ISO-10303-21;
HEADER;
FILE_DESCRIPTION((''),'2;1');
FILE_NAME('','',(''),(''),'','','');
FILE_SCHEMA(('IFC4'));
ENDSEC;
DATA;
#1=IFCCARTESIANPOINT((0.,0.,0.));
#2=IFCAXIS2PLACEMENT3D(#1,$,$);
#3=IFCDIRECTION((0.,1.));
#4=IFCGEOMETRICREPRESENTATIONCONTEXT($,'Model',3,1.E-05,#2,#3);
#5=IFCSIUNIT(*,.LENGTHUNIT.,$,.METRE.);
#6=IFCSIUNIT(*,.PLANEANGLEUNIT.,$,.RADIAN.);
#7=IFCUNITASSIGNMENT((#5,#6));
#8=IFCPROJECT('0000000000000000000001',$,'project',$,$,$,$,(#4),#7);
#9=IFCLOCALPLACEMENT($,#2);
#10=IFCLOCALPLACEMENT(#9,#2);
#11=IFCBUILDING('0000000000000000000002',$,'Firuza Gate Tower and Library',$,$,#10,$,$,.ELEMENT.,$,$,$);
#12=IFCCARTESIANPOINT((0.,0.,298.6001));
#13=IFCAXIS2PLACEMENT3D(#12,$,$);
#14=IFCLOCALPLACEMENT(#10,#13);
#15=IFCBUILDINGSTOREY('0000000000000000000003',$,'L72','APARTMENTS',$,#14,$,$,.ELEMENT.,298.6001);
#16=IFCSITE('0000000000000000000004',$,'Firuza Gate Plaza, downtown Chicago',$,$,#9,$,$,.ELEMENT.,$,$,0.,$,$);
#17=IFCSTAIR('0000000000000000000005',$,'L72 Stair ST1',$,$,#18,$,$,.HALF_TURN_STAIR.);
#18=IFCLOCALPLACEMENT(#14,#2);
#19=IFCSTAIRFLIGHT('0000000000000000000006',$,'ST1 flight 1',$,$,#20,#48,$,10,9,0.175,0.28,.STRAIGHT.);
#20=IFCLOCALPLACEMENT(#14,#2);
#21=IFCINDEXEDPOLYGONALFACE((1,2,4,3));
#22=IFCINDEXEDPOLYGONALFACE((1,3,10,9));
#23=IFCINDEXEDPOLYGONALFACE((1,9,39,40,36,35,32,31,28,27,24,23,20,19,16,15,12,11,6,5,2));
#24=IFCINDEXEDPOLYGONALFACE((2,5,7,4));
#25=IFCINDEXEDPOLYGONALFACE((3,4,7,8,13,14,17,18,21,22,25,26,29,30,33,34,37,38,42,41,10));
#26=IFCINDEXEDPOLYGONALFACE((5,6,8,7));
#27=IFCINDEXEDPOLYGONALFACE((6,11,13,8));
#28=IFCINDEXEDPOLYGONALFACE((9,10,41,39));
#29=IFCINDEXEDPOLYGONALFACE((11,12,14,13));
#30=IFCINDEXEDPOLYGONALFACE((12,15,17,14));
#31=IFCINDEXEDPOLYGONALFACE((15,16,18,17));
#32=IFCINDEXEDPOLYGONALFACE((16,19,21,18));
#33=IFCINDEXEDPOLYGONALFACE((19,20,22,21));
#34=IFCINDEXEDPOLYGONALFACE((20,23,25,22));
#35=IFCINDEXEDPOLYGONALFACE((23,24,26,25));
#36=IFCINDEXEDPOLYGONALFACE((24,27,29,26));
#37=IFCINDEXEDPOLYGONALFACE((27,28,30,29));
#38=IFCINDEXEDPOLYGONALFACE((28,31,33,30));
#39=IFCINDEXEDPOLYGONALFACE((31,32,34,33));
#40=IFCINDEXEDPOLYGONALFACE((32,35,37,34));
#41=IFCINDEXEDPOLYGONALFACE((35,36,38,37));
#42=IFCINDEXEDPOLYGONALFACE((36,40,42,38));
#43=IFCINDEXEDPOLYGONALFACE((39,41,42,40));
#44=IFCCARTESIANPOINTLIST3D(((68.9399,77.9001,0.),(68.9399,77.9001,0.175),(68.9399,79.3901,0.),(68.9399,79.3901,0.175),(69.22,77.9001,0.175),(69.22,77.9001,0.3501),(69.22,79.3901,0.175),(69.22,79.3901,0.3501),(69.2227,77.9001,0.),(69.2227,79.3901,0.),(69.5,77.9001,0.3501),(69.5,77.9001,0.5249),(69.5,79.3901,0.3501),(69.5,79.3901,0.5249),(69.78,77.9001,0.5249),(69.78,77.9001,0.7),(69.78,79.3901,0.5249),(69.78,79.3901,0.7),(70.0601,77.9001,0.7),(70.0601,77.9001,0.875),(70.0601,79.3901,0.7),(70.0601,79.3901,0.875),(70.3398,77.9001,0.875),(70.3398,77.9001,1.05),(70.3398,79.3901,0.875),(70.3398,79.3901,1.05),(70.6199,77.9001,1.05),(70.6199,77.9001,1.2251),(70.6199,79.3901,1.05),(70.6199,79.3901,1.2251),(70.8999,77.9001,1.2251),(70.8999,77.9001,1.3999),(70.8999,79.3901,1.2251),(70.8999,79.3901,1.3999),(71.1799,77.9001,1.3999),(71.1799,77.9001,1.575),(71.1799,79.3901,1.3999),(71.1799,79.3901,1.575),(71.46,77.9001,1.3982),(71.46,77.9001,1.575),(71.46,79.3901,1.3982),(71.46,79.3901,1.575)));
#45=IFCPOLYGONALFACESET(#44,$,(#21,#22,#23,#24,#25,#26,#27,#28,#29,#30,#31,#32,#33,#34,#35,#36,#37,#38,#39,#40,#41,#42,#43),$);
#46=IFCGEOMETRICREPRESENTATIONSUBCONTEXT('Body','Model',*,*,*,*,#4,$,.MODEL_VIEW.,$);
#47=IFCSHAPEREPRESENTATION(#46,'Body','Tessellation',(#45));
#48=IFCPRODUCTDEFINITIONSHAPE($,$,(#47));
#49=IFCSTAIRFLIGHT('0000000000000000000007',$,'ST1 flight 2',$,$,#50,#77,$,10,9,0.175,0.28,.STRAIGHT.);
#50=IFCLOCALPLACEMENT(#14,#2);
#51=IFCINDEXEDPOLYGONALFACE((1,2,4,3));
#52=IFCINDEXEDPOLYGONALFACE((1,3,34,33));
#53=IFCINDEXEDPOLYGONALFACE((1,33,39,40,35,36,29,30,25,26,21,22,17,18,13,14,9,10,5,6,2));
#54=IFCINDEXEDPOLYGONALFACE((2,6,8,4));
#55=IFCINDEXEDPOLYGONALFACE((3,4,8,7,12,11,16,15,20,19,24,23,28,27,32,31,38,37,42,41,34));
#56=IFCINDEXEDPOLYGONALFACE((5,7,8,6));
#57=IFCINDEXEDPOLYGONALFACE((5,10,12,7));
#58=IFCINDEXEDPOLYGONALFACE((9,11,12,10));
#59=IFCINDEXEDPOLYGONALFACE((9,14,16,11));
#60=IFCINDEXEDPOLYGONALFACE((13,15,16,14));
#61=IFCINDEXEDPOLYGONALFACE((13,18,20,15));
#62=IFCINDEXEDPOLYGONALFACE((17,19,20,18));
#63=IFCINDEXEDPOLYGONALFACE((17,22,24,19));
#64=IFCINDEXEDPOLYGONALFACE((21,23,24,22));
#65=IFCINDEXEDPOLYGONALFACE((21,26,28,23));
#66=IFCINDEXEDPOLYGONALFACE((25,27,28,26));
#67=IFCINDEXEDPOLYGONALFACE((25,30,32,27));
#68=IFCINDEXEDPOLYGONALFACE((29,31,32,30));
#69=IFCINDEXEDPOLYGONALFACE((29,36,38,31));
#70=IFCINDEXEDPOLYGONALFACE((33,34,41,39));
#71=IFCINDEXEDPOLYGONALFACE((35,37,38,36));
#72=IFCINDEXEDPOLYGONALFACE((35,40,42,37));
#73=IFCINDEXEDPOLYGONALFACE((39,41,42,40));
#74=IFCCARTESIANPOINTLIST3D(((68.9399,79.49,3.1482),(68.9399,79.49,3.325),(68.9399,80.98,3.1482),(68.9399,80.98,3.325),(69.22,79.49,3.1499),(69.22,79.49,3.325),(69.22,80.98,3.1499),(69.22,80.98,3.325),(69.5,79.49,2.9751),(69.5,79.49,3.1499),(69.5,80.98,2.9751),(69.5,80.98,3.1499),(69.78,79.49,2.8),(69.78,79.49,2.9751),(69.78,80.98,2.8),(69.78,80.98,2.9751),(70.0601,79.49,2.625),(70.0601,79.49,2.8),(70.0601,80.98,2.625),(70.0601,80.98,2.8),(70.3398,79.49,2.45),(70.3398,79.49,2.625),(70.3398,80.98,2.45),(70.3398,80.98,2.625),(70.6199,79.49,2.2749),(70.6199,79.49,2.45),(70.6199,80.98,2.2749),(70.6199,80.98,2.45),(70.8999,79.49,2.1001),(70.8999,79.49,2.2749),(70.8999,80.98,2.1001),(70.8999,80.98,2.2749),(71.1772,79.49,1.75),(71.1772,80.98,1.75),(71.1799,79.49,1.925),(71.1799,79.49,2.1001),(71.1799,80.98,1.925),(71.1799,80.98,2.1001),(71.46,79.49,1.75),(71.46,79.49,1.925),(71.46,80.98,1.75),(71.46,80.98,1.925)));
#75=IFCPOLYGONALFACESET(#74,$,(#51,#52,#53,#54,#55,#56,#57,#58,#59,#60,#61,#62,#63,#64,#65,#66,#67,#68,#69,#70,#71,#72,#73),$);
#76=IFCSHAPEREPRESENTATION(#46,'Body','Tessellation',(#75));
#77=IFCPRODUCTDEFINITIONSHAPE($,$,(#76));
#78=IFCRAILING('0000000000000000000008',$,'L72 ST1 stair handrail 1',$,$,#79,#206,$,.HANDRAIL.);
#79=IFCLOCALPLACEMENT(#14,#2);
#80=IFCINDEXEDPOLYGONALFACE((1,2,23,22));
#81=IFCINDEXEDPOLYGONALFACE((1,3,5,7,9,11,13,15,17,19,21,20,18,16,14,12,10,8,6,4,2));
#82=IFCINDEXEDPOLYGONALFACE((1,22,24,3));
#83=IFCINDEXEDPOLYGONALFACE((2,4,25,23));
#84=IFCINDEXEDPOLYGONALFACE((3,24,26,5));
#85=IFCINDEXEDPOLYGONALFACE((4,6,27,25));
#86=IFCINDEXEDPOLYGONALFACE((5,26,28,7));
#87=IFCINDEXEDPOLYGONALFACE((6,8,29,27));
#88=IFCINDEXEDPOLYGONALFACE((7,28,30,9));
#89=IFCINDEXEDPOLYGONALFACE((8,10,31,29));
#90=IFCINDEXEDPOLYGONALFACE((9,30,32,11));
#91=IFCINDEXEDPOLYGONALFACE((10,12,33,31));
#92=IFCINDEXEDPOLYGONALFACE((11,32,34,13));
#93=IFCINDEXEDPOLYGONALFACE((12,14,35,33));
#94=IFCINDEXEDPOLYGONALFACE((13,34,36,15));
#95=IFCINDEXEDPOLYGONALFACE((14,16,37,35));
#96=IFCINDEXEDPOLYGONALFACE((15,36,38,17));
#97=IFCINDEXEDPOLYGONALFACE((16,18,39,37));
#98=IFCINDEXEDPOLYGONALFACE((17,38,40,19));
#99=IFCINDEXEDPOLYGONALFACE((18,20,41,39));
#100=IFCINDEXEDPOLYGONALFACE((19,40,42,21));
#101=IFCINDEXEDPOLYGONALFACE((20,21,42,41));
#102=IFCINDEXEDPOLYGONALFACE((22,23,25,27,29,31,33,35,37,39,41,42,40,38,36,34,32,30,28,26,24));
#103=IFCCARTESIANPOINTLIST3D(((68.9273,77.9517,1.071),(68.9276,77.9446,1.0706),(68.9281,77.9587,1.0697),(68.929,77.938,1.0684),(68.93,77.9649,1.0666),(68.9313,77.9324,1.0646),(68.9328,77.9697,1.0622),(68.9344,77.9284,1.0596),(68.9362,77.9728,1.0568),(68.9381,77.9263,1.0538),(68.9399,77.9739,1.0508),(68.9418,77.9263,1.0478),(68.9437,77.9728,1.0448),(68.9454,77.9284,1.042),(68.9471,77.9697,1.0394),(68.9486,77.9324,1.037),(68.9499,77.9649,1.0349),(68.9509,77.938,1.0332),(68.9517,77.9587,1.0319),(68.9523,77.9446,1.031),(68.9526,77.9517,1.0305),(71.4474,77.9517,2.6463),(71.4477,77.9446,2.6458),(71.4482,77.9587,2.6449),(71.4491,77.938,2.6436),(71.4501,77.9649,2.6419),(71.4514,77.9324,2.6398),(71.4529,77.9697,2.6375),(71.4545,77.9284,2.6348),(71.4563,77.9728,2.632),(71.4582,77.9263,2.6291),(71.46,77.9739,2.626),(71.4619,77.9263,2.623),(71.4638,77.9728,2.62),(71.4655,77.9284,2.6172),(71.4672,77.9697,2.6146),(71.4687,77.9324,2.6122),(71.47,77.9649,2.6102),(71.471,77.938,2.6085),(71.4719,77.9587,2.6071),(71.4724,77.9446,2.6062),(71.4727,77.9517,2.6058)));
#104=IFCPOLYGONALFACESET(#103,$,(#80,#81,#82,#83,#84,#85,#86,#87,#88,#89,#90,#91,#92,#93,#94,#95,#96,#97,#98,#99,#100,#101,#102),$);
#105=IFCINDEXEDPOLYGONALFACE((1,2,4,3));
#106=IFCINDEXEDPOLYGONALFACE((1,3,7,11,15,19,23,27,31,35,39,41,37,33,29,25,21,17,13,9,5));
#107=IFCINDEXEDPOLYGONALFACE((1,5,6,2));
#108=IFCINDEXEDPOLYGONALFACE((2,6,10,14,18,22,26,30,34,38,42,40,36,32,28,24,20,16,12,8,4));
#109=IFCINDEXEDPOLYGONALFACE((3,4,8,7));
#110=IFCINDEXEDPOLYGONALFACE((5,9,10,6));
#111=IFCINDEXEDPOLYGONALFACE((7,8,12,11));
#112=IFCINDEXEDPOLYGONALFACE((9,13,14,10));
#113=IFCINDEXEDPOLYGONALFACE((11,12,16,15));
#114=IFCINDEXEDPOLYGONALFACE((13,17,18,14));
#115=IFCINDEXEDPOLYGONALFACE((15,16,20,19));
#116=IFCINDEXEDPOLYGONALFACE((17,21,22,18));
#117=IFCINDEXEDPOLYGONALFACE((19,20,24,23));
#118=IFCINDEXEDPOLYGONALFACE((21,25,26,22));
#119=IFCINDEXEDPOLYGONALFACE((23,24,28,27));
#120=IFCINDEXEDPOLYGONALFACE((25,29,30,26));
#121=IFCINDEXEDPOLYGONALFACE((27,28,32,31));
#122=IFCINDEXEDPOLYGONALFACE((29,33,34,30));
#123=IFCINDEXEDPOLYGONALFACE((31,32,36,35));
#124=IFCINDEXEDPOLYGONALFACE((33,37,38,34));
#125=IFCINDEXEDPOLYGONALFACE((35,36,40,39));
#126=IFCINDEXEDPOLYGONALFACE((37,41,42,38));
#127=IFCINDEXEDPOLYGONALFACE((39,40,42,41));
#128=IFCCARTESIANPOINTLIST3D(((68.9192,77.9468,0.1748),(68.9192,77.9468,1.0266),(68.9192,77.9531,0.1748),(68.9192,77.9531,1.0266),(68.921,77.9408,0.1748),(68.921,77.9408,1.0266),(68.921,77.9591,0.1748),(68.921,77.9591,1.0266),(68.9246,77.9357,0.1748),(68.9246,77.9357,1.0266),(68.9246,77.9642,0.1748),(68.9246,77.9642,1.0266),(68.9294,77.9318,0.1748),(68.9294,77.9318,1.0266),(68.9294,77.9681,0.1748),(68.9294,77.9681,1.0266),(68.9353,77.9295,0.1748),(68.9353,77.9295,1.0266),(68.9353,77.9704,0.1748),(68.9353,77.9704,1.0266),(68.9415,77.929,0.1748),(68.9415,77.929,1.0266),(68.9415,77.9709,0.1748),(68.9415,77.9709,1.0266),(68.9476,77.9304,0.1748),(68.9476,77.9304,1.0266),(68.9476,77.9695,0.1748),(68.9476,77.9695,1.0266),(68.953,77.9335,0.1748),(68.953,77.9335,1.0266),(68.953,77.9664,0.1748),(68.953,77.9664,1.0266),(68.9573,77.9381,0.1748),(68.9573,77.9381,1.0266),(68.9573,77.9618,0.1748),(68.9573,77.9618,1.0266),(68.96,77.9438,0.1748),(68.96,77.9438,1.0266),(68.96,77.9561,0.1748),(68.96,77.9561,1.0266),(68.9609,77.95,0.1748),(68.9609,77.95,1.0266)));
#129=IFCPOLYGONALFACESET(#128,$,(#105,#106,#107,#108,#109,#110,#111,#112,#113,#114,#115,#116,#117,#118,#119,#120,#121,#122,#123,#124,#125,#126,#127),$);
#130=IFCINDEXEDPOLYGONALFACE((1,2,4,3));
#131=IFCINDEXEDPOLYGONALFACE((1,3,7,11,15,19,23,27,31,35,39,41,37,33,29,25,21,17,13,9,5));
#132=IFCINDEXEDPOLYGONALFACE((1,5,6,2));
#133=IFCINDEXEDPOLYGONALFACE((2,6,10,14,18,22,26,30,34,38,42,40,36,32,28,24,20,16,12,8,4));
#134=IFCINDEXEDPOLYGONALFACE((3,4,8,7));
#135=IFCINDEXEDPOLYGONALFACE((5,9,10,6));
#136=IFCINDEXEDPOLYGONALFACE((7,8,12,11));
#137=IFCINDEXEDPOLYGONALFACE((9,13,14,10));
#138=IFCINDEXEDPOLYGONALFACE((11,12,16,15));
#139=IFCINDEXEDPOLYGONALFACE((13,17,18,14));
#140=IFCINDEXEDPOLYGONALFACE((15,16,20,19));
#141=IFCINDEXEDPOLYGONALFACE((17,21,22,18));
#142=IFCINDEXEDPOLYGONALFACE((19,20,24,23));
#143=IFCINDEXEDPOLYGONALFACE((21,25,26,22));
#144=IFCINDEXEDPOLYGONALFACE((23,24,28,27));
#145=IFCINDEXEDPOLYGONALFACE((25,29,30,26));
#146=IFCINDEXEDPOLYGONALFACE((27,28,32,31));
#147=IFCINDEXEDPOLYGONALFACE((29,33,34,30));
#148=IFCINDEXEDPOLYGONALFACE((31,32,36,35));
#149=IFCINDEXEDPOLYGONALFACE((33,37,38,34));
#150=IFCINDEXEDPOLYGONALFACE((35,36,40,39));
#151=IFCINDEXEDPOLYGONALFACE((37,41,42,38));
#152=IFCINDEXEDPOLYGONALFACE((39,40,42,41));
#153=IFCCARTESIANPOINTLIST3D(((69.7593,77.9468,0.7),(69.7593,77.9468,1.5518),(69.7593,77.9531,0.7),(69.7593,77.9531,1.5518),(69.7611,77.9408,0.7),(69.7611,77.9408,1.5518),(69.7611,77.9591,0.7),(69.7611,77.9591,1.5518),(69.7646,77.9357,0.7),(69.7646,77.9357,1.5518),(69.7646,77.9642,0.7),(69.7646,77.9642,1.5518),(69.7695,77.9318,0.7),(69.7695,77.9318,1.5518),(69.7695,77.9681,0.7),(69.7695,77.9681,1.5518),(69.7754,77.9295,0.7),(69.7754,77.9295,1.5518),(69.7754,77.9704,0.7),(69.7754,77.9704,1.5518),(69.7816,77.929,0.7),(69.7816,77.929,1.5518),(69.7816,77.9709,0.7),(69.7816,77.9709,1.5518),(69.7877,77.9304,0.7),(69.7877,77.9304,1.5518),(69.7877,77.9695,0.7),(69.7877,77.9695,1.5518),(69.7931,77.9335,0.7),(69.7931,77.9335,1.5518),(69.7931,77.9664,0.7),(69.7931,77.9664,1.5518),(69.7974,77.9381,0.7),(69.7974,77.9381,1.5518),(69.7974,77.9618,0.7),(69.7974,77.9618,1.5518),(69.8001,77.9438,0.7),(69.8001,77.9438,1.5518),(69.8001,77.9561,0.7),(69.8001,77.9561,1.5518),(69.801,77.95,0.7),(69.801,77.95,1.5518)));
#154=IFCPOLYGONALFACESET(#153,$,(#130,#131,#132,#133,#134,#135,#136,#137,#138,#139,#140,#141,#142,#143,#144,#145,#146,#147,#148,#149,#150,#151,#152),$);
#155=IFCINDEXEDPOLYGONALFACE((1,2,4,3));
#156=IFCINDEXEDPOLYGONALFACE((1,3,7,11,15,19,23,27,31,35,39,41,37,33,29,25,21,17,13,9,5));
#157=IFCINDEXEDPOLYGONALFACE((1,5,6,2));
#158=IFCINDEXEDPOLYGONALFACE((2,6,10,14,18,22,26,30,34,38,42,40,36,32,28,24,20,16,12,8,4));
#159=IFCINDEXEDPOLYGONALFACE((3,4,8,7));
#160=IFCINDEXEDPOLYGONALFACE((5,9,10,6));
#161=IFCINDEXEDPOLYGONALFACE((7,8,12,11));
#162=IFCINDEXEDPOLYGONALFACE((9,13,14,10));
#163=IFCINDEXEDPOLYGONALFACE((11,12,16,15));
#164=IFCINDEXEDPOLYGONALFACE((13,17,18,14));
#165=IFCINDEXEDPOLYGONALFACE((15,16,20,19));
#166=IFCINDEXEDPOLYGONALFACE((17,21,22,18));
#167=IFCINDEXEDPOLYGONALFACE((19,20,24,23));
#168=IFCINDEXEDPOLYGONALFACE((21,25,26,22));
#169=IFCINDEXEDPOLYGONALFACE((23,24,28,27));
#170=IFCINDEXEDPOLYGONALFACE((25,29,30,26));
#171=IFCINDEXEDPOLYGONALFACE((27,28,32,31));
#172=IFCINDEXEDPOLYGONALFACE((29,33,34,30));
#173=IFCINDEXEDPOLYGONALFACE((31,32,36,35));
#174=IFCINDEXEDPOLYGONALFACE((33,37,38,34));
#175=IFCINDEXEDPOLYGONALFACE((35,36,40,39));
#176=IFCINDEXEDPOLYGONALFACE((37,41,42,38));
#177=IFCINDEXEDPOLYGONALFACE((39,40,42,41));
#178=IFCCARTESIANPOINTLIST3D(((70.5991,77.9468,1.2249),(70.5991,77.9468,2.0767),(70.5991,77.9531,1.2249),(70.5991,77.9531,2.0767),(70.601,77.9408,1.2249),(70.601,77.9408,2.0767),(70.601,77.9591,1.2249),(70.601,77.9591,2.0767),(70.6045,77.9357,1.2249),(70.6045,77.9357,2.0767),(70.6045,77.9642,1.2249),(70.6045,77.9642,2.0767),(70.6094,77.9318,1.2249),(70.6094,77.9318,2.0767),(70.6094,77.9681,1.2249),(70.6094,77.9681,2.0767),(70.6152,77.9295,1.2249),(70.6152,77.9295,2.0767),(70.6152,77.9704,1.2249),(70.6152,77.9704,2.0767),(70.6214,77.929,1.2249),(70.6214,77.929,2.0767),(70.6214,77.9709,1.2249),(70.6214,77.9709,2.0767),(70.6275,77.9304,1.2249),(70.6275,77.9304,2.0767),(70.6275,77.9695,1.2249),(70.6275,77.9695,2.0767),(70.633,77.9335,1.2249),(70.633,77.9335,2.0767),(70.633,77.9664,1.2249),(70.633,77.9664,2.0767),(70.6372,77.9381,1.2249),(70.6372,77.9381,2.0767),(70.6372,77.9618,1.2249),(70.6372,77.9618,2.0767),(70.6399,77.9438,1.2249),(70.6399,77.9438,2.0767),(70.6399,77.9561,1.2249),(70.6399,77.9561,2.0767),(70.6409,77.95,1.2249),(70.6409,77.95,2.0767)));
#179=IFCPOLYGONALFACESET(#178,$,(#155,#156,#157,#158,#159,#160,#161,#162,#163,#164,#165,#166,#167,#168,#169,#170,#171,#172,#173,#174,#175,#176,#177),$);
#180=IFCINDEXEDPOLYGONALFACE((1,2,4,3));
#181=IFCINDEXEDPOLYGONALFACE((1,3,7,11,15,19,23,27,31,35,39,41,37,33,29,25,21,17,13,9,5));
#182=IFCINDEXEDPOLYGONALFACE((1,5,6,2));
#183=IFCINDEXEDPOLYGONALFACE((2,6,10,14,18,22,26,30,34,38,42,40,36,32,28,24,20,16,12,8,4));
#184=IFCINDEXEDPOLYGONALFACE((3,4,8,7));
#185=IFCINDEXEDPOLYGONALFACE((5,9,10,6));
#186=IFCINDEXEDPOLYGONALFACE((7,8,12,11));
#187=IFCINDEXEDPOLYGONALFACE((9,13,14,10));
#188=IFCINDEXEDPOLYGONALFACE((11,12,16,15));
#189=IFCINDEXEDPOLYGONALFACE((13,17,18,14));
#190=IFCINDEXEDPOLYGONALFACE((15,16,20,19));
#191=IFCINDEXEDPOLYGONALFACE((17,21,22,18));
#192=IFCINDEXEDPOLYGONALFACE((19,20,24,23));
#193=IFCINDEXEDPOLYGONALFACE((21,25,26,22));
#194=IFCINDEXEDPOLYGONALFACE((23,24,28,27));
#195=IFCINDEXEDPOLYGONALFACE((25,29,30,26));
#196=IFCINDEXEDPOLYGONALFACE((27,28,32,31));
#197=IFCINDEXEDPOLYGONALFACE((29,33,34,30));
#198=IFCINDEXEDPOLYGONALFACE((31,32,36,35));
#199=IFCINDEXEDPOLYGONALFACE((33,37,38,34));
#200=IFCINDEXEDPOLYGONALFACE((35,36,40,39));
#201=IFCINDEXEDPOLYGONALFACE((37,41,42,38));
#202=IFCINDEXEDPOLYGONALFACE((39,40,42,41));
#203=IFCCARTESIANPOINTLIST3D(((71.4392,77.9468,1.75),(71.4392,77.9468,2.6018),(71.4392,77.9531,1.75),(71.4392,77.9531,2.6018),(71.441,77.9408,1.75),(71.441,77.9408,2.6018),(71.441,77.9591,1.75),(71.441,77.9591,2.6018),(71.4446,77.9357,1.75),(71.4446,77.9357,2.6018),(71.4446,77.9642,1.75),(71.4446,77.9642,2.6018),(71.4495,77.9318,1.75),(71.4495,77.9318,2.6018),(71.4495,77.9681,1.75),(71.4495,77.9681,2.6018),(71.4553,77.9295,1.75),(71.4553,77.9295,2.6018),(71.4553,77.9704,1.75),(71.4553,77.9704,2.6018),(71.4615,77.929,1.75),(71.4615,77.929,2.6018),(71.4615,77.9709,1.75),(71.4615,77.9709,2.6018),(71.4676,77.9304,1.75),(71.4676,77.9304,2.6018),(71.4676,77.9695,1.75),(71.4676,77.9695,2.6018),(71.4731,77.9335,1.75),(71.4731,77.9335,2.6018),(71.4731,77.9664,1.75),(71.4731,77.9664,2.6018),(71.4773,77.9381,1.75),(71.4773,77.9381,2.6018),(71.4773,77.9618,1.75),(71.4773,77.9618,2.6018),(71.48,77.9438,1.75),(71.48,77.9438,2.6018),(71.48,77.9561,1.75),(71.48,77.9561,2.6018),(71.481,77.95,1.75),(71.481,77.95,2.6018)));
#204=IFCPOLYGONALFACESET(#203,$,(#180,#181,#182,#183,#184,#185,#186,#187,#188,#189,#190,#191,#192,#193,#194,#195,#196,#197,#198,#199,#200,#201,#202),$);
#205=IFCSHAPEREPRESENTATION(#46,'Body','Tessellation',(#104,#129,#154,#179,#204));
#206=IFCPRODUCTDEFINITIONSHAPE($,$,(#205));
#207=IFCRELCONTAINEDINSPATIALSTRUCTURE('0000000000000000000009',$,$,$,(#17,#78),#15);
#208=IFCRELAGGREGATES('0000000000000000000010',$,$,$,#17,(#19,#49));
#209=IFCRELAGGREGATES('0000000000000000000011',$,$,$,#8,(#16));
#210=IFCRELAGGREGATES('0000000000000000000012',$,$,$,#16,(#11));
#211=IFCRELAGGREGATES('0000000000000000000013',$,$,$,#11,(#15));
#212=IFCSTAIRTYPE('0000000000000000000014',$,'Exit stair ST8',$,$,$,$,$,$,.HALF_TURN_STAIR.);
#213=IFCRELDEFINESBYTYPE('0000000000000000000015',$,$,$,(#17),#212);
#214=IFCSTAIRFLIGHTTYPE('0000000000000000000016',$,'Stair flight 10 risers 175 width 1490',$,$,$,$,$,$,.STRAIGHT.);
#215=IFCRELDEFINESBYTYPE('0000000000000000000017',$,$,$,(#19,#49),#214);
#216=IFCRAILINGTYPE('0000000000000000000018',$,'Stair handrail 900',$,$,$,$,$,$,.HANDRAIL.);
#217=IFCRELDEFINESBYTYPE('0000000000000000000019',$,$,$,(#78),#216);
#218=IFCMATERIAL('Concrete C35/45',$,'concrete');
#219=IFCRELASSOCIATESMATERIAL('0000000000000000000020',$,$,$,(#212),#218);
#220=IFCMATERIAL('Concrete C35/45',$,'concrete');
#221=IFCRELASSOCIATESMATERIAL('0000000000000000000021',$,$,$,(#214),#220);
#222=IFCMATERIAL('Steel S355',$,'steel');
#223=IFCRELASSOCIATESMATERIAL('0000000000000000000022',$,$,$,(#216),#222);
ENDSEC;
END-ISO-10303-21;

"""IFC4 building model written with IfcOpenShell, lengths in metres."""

from ifc_helpers import new_model, si_unit, direction, frame, origin, origin_2d, place, context, subcontext, project, spatial, polyline, circle, outline, extrude, material, type_object, element, aggregate, save


model = new_model("IFC4")

# Units and contexts
model_context = context("Model", 3, precision=1e-05, world=origin(), true_north=direction((0.0, 1.0)))
body_context = subcontext(model_context, "Body", "Model", "MODEL_VIEW")
ifc_project = project(units=[si_unit("LENGTHUNIT", "METRE"), si_unit("PLANEANGLEUNIT", "RADIAN")], contexts=[model_context])

# Site, building, storey
site_placement = place(None, origin())
site = spatial("IfcSite", under=ifc_project, at=site_placement, Name="Firuza Gate Plaza, downtown Chicago", CompositionType="ELEMENT", RefElevation=0.0)
building_placement = place(site_placement, origin())
building = spatial("IfcBuilding", under=site, at=building_placement, Name="Firuza Gate Tower and Library", CompositionType="ELEMENT")
storey_placement = place(building_placement, frame((0.0, 0.0, 298.6001)))
storey = spatial("IfcBuildingStorey", under=building, at=storey_placement, Name="L72", Description="APARTMENTS", CompositionType="ELEMENT", Elevation=298.6001)

# Stair, stair flights
ifc_material_1 = material(Name="Concrete C35/45", Category="concrete")
stair_type = type_object("IfcStairType", Name="Exit stair ST8", PredefinedType="HALF_TURN_STAIR", material=ifc_material_1)
stair_placement = place(storey_placement, origin())
stair = element("IfcStair", 1, at=stair_placement, inside=storey, type_object=stair_type, Name="L72 Stair ST1", PredefinedType="HALF_TURN_STAIR")
ifc_material_2 = material(Name="Concrete C35/45", Category="concrete")
stair_flight_type = type_object("IfcStairFlightType", Name="Stair flight 10 risers 175 width 1490", PredefinedType="STRAIGHT", material=ifc_material_2)
stair_flight_1_placement = place(storey_placement, frame((68.9399, 78.645, 0.0), z_axis=(0.0, 0.0, 1.0), x_axis=(1.0, 0.0, 0.0)))
stair_flight_1 = element("IfcStairFlight", 2, at=stair_flight_1_placement, type_object=stair_flight_type, Name="ST1 flight 1", NumberOfRisers=10, NumberOfTreads=9, PredefinedType="STRAIGHT", RiserHeight=0.175, TreadLength=0.28, context=body_context, shape_type="SweptSolid", body=[
    extrude(outline(polyline([(0.0, 0.0), (0.0, 0.175), (0.28, 0.175), (0.28, 0.3501), (0.5601, 0.3501), (0.5601, 0.5249), (0.8401, 0.5249), (0.8401, 0.7), (1.1201, 0.7), (1.1201, 0.875), (1.3999, 0.875), (1.3999, 1.05), (1.6799, 1.05), (1.6799, 1.2251), (1.96, 1.2251), (1.96, 1.3999), (2.24, 1.3999), (2.24, 1.575), (2.52, 1.575), (2.52, 1.75), (2.52, 1.3982), (0.2827, 0.0), (0.0, 0.0)])), frame((0.0, 0.7451, 0.0), z_axis=(0.0, -1.0, 0.0), x_axis=(1.0, 0.0, 0.0)), (0.0, 0.0, 1.0), 1.49),
])
stair_flight_2_placement = place(storey_placement, frame((71.46, 80.2351, 1.75), z_axis=(0.0, 0.0, 1.0), x_axis=(-1.0, 0.0, 0.0)))
stair_flight_2 = element("IfcStairFlight", 3, at=stair_flight_2_placement, type_object=stair_flight_type, Name="ST1 flight 2", NumberOfRisers=10, NumberOfTreads=9, PredefinedType="STRAIGHT", RiserHeight=0.175, TreadLength=0.28, context=body_context, shape_type="SweptSolid", body=[
    extrude(outline(polyline([(0.0, 0.0), (0.0, 0.175), (0.28, 0.175), (0.28, 0.3501), (0.5601, 0.3501), (0.5601, 0.5249), (0.8401, 0.5249), (0.8401, 0.7), (1.1201, 0.7), (1.1201, 0.875), (1.3999, 0.875), (1.3999, 1.05), (1.6799, 1.05), (1.6799, 1.2251), (1.96, 1.2251), (1.96, 1.3999), (2.24, 1.3999), (2.24, 1.575), (2.52, 1.575), (2.52, 1.75), (2.52, 1.3982), (0.2827, 0.0), (0.0, 0.0)])), frame((0.0, 0.7451, 0.0), z_axis=(0.0, -1.0, 0.0), x_axis=(1.0, 0.0, 0.0)), (0.0, 0.0, 1.0), 1.49),
])
aggregate(stair, [stair_flight_1, stair_flight_2])

# Railing
ifc_material_3 = material(Name="Steel S355", Category="steel")
railing_type_1 = type_object("IfcRailingType", Name="Stair handrail 900", PredefinedType="HANDRAIL", material=ifc_material_3)
railing_1_placement = place(storey_placement, frame((68.9399, 77.95, 0.1748)))
element("IfcRailing", 4, at=railing_1_placement, inside=storey, type_object=railing_type_1, Name="L72 ST1 stair handrail 1", PredefinedType="HANDRAIL", context=body_context, shape_type="SweptSolid", body=[
    extrude(circle(Radius=0.0239, at=origin_2d()), frame((0.0, 0.0, 0.876), z_axis=(0.847971, 0.0, 0.530043), x_axis=(0.0, 1.0, 0.0)), (0.0, 0.0, 1.0), 2.9719),
    extrude(circle(Radius=0.021, at=origin_2d()), origin(), (0.0, 0.0, 1.0), 0.8518),
    extrude(circle(Radius=0.021, at=origin_2d()), frame((0.8401, 0.0, 0.5251)), (0.0, 0.0, 1.0), 0.8518),
    extrude(circle(Radius=0.021, at=origin_2d()), frame((1.6799, 0.0, 1.05)), (0.0, 0.0, 1.0), 0.8518),
    extrude(circle(Radius=0.021, at=origin_2d()), frame((2.52, 0.0, 1.5752)), (0.0, 0.0, 1.0), 0.8518),
])

save(model, "model.ifc")
